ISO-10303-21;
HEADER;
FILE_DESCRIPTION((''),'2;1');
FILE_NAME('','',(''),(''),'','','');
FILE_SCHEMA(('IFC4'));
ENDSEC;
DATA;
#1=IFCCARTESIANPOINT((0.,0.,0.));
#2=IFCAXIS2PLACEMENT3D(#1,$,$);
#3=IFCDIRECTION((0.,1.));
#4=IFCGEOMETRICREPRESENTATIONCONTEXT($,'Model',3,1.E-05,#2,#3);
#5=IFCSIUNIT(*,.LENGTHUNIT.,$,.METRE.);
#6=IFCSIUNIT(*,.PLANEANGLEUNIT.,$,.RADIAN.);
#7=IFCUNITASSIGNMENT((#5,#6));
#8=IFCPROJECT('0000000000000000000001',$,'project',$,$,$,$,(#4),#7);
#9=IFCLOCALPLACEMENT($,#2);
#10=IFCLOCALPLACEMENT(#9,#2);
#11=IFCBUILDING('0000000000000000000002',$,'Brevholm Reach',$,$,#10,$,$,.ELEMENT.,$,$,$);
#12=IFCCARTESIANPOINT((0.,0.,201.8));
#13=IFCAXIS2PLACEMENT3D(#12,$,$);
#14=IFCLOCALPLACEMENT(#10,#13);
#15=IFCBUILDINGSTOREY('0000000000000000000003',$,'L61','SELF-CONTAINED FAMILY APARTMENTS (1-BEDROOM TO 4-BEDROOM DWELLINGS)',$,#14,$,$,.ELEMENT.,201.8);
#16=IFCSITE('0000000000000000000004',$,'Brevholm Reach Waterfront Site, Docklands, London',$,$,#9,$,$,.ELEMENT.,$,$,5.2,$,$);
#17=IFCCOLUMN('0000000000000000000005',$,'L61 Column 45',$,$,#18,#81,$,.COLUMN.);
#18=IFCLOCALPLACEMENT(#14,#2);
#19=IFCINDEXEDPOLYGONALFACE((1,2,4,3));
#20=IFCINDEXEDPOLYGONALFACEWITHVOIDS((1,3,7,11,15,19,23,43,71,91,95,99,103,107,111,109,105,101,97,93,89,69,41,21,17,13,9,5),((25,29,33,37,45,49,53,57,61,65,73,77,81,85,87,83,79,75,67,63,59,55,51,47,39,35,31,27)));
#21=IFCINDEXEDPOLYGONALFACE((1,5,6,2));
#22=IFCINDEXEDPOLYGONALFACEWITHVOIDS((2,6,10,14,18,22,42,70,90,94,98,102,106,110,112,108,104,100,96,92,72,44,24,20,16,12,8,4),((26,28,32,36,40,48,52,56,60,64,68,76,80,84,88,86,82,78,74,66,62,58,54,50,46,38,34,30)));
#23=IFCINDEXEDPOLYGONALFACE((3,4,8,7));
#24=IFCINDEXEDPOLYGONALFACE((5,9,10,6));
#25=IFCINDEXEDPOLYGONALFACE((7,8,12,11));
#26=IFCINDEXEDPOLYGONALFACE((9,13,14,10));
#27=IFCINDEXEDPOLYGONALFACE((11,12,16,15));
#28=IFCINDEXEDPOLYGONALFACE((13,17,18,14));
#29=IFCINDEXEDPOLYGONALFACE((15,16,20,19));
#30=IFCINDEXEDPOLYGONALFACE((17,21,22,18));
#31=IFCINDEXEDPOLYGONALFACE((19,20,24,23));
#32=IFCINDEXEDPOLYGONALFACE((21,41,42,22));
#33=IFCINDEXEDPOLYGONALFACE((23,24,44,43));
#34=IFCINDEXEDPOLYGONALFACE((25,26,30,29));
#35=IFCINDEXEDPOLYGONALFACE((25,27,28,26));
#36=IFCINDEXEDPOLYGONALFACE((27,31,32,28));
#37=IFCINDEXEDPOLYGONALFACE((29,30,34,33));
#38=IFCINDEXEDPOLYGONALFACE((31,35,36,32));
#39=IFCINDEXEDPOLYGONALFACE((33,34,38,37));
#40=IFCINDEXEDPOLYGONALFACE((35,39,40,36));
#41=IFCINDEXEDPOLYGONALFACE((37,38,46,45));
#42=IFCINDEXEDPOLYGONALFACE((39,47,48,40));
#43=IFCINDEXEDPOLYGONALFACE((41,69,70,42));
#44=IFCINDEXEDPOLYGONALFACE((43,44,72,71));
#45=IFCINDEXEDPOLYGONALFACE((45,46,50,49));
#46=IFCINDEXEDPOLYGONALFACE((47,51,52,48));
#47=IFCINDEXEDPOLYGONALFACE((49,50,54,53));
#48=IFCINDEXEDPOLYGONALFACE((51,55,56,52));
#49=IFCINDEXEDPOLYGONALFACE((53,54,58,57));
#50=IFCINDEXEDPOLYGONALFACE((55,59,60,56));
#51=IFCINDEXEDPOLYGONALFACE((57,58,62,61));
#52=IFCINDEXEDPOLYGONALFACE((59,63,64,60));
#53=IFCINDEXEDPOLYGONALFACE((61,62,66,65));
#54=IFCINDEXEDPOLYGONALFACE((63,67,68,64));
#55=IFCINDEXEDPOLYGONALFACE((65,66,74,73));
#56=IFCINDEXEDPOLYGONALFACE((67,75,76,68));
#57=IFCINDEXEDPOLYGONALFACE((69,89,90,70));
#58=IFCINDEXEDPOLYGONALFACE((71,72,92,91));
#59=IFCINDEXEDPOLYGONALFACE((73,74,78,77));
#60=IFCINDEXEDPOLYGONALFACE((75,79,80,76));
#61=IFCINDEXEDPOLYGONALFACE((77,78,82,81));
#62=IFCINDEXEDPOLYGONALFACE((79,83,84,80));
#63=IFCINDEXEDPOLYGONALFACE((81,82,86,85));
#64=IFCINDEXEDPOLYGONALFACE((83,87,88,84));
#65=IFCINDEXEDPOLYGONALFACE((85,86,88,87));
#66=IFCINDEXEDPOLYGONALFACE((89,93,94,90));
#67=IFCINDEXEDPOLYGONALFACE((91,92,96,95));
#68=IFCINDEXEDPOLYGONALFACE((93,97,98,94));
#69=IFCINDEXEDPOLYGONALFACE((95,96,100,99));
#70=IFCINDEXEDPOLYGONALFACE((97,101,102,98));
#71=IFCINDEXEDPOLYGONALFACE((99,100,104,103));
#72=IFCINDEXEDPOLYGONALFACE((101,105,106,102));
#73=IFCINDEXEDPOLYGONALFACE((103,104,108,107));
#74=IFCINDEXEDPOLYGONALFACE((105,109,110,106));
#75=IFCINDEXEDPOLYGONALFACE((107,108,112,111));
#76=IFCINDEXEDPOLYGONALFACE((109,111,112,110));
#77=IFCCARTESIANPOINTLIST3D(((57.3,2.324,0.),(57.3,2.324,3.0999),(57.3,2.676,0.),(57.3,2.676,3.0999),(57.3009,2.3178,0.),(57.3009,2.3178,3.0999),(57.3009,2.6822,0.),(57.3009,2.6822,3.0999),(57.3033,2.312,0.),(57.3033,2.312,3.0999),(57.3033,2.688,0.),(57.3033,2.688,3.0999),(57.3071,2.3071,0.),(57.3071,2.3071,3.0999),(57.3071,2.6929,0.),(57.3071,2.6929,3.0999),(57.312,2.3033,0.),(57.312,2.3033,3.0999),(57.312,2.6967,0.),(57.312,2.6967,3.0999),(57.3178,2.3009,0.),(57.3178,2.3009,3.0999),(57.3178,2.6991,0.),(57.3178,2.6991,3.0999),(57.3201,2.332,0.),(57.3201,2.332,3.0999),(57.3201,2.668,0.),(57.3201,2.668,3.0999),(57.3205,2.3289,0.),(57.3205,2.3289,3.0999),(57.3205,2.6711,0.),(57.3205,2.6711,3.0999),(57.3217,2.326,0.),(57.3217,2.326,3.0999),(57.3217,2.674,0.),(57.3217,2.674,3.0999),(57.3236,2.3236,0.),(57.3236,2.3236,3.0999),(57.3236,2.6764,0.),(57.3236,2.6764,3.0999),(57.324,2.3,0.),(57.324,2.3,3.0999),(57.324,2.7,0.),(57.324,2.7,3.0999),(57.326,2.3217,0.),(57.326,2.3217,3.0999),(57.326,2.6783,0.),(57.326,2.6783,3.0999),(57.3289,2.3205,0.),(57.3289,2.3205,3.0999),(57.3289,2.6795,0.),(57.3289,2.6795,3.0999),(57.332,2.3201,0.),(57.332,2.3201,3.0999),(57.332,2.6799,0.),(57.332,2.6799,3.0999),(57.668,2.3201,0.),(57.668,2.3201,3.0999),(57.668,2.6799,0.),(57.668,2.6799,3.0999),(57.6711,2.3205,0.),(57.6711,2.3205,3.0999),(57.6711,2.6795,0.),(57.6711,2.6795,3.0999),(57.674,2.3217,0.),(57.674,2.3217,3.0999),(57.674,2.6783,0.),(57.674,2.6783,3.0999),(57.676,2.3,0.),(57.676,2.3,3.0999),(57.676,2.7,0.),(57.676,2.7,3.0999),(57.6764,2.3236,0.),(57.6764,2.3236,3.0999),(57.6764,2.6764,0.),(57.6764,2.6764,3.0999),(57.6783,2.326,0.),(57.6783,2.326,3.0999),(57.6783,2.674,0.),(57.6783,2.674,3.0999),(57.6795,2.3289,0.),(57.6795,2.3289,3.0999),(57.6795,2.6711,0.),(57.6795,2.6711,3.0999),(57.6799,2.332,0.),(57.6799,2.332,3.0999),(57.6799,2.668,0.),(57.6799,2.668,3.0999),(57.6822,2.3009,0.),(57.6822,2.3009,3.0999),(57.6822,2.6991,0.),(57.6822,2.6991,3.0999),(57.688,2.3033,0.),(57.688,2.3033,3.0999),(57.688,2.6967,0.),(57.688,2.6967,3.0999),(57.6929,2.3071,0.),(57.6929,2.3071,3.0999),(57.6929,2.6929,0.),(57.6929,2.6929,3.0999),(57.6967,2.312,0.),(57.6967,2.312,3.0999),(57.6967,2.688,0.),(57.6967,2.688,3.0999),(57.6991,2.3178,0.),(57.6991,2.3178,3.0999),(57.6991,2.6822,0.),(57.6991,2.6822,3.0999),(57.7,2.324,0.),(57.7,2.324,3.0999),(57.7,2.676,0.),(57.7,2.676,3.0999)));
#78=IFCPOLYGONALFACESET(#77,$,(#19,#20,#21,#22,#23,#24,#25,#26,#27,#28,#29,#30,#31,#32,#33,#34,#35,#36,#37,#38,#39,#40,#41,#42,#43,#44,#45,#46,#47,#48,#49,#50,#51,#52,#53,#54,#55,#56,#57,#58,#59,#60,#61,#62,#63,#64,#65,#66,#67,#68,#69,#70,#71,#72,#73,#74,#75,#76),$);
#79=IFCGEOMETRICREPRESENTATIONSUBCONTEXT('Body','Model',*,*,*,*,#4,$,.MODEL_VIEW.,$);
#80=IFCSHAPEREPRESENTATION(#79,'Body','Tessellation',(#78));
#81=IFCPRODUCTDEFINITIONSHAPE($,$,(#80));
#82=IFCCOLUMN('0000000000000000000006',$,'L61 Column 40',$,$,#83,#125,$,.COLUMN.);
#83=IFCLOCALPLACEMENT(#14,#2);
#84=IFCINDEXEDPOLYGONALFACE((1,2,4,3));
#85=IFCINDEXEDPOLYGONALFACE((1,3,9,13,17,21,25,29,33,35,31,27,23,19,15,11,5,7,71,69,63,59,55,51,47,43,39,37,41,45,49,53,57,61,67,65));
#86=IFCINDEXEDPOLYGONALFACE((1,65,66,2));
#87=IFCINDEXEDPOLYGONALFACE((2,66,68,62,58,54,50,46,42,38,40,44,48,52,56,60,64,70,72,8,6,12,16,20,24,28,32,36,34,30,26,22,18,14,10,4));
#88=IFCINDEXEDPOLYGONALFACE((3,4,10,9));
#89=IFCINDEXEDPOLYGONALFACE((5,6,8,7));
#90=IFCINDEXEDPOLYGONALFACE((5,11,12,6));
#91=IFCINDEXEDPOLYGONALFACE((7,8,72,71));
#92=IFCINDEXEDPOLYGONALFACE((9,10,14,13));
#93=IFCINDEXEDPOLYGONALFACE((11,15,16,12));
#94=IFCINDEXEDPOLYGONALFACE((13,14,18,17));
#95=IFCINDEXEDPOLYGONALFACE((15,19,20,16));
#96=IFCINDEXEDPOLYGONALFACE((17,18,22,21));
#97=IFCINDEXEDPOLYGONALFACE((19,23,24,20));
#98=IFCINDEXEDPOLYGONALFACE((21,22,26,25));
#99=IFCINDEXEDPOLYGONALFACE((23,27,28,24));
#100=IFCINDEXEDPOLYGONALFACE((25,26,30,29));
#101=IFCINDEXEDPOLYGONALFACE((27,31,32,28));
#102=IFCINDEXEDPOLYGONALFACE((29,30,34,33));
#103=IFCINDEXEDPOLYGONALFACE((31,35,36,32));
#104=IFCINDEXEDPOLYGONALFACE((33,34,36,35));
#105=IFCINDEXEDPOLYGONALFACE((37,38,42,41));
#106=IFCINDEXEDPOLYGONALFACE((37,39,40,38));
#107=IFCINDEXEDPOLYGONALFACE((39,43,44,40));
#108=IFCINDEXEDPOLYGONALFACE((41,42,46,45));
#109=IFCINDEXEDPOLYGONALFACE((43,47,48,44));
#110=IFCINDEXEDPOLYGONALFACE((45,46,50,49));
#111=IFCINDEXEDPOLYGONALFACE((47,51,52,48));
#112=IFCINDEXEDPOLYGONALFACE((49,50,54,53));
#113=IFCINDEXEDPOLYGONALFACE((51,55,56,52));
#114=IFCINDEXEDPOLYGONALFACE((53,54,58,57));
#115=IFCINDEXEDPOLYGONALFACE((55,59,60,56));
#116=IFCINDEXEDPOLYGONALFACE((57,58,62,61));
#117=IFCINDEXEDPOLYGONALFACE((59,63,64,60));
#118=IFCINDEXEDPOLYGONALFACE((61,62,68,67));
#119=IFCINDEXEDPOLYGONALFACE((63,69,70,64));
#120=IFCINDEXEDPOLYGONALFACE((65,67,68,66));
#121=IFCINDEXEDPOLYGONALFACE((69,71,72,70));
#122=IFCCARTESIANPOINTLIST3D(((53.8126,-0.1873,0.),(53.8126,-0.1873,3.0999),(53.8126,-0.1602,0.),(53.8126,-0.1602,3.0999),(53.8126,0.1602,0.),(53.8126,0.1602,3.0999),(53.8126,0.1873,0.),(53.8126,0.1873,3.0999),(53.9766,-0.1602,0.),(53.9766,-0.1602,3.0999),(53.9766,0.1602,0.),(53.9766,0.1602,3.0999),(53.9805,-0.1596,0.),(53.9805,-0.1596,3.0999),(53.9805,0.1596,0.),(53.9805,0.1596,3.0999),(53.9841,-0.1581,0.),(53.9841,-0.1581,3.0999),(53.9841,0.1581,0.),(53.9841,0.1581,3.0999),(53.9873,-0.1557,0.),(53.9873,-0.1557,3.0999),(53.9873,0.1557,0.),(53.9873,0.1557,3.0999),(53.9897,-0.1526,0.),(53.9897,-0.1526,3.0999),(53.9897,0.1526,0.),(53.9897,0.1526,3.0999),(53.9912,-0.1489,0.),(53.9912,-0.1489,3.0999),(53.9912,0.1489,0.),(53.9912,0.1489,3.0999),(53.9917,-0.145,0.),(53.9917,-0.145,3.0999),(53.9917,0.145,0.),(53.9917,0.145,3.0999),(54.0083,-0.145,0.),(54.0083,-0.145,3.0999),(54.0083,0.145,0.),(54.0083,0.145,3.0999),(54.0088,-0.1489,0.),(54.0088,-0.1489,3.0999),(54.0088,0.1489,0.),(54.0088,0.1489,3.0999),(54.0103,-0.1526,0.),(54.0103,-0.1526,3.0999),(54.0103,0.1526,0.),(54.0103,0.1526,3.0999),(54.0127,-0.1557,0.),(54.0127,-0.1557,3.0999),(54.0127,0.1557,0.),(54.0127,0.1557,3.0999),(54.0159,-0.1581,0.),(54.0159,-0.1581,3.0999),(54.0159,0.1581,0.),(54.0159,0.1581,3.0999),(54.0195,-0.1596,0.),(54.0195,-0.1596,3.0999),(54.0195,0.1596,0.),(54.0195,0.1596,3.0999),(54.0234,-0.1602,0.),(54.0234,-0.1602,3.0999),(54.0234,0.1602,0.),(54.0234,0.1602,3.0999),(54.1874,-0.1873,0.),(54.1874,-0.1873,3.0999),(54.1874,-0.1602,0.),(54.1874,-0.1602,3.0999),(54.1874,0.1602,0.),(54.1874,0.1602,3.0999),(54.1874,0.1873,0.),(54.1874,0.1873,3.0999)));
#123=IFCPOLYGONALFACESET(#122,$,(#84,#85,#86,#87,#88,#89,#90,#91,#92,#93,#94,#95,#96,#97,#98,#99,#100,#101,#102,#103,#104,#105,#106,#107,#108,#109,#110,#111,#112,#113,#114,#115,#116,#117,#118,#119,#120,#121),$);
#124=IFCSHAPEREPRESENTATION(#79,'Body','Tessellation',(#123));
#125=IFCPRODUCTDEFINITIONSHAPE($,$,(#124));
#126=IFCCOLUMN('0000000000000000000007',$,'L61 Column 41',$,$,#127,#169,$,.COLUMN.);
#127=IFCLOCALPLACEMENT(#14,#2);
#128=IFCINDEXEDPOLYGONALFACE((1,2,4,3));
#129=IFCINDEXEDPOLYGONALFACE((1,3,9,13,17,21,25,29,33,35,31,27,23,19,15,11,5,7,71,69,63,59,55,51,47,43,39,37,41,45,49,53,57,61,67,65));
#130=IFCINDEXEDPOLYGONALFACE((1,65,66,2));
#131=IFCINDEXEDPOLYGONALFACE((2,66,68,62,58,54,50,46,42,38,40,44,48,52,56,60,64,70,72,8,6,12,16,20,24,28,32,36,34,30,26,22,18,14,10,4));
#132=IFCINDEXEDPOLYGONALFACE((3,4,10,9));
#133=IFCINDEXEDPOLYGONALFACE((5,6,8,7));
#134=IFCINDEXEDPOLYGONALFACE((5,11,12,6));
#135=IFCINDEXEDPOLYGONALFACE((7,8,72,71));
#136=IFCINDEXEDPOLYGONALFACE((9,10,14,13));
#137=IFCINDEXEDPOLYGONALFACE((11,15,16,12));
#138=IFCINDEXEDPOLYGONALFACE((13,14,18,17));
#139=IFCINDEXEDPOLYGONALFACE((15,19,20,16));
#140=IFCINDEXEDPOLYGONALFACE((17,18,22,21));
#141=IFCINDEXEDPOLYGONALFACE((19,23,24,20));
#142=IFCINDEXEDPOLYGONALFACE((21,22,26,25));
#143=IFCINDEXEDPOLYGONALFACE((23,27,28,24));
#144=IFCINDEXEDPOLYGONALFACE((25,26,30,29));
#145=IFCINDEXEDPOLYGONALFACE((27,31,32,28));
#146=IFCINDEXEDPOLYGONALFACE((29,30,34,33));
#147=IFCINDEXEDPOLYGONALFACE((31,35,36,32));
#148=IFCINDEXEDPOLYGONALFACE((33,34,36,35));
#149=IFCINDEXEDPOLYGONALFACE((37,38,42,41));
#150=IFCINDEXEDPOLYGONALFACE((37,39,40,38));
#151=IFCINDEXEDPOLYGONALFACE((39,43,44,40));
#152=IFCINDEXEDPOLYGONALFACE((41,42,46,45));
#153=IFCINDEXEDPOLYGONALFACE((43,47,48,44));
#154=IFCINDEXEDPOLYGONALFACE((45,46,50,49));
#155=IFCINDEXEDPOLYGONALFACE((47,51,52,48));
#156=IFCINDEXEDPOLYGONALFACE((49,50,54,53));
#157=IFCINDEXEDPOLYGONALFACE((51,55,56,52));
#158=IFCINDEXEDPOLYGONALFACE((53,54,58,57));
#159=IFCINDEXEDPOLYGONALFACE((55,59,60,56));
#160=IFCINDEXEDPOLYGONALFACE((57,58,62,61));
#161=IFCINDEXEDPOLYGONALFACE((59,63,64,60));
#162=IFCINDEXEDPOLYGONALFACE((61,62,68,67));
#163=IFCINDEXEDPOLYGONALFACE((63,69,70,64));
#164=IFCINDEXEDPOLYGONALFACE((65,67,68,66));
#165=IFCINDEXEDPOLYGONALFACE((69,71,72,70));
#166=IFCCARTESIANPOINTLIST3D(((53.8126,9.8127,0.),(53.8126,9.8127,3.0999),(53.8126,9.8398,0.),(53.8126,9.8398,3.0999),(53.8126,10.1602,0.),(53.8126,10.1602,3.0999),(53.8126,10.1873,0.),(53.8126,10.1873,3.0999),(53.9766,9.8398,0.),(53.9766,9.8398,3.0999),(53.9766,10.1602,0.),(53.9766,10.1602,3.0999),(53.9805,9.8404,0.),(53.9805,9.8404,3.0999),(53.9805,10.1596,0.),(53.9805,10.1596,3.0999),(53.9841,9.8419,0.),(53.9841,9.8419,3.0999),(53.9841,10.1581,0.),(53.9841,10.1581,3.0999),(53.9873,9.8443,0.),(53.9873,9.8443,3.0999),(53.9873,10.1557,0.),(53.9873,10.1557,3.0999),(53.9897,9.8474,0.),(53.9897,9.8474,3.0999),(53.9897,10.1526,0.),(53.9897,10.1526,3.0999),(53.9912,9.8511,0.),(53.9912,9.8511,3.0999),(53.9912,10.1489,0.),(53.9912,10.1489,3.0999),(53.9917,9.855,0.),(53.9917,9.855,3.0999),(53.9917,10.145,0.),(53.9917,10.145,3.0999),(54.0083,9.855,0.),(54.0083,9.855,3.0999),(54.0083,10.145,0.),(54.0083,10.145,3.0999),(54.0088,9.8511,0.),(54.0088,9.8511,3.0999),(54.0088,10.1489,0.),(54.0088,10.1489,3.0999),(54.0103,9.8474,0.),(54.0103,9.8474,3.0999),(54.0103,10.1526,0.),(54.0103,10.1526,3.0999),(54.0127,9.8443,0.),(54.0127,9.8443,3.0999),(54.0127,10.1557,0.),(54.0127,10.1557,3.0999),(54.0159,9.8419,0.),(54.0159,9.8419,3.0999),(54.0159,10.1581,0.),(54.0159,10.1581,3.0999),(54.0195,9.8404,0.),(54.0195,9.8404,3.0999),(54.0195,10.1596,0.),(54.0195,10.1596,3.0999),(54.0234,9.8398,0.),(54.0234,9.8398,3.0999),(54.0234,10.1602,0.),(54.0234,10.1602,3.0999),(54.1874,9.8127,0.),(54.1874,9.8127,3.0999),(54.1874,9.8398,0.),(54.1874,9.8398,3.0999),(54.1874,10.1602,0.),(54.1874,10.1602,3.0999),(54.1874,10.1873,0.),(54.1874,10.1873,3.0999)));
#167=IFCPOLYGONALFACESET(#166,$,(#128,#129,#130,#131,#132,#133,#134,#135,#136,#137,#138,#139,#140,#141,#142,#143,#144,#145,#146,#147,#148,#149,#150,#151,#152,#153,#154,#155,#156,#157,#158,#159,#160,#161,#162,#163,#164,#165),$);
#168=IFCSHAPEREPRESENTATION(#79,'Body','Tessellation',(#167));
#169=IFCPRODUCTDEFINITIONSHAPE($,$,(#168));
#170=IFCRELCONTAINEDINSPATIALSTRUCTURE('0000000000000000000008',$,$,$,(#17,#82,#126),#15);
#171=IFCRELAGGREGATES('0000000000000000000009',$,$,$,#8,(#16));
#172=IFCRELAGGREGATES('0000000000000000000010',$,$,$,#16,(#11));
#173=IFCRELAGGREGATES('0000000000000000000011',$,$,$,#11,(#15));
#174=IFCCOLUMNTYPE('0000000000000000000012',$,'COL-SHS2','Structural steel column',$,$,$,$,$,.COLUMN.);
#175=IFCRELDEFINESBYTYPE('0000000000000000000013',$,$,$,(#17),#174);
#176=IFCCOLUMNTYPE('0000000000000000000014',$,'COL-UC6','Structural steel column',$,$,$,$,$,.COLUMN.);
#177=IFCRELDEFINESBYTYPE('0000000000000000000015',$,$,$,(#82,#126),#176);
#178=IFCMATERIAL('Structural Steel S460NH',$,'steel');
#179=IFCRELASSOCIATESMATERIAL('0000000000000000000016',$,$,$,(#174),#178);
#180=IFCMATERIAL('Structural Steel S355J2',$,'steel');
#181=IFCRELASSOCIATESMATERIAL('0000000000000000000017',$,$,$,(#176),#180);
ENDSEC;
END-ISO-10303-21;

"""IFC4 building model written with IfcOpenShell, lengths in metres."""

from ifc_helpers import new_model, si_unit, direction, frame, origin, origin_2d, place, context, subcontext, project, spatial, hollow_rectangle, i_section, extrude, material, material_profile, profile_set, type_object, element, save


model = new_model("IFC4")

# Units and contexts
model_context = context("Model", 3, precision=1e-05, world=origin(), true_north=direction((0.0, 1.0)))
body_context = subcontext(model_context, "Body", "Model", "MODEL_VIEW")
ifc_project = project(units=[si_unit("LENGTHUNIT", "METRE"), si_unit("PLANEANGLEUNIT", "RADIAN")], contexts=[model_context])

# Site, building, storey
site_placement = place(None, origin())
site = spatial("IfcSite", under=ifc_project, at=site_placement, Name="Brevholm Reach Waterfront Site, Docklands, London", CompositionType="ELEMENT", RefElevation=5.2)
building_placement = place(site_placement, origin())
building = spatial("IfcBuilding", under=site, at=building_placement, Name="Brevholm Reach", CompositionType="ELEMENT")
storey_placement = place(building_placement, frame((0.0, 0.0, 201.8)))
storey = spatial("IfcBuildingStorey", under=building, at=storey_placement, Name="L61", Description="SELF-CONTAINED FAMILY APARTMENTS (1-BEDROOM TO 4-BEDROOM DWELLINGS)", CompositionType="ELEMENT", Elevation=201.8)

# Columns
ifc_material_1 = material(Name="Structural Steel S460NH", Category="steel")
ifc_material_profile_1 = material_profile(ifc_material_1, hollow_rectangle(XDim=0.3999, YDim=0.3999, WallThickness=0.02, InnerFilletRadius=0.012, OuterFilletRadius=0.0239, at=origin_2d()), Name="SHS 400x400x20")
ifc_profile_set_1 = profile_set([ifc_material_profile_1], Name="Structural Steel S460NH")
column_type_1 = type_object("IfcColumnType", Name="COL-SHS2", Description="Structural steel column", PredefinedType="COLUMN", material=ifc_profile_set_1)
column_placement = place(storey_placement, frame((57.5, 2.5, 0.0), z_axis=(0.0, 0.0, 1.0), x_axis=(1.0, 0.0, 0.0)))
element("IfcColumn", 1, at=column_placement, inside=storey, type_object=column_type_1, Name="L61 Column 45", PredefinedType="COLUMN", context=body_context, shape_type="SweptSolid", body=[
    extrude(hollow_rectangle(XDim=0.3999, YDim=0.3999, WallThickness=0.02, InnerFilletRadius=0.012, OuterFilletRadius=0.0239, at=origin_2d()), origin(), (0.0, 0.0, 1.0), 3.0999),
])
ifc_material_2 = material(Name="Structural Steel S355J2", Category="steel")
ifc_material_profile_2 = material_profile(ifc_material_2, i_section(OverallWidth=0.3748, OverallDepth=0.3745, WebThickness=0.0166, FlangeThickness=0.0271, FilletRadius=0.0151, at=origin_2d()), Name="UKC 356x368x202")
ifc_profile_set_2 = profile_set([ifc_material_profile_2], Name="Structural Steel S355J2")
column_type_2 = type_object("IfcColumnType", Name="COL-UC6", Description="Structural steel column", PredefinedType="COLUMN", material=ifc_profile_set_2)
for number, where, z_axis, x_axis, name in (
    (2, (54.0, 0.0, 0.0), (0.0, 0.0, 1.0), (1.0, 0.0, 0.0), "L61 Column 40"),
    (3, (54.0, 10.0, 0.0), (0.0, 0.0, 1.0), (1.0, 0.0, 0.0), "L61 Column 41"),
):
    element("IfcColumn", number, at=place(storey_placement, frame(where, z_axis=z_axis, x_axis=x_axis)), inside=storey, type_object=column_type_2, Name=name, PredefinedType="COLUMN", context=body_context, shape_type="SweptSolid", body=[
        extrude(i_section(OverallWidth=0.3748, OverallDepth=0.3745, WebThickness=0.0166, FlangeThickness=0.0271, FilletRadius=0.0151, at=origin_2d()), origin(), (0.0, 0.0, 1.0), 3.0999),
    ])

save(model, "model.ifc")
